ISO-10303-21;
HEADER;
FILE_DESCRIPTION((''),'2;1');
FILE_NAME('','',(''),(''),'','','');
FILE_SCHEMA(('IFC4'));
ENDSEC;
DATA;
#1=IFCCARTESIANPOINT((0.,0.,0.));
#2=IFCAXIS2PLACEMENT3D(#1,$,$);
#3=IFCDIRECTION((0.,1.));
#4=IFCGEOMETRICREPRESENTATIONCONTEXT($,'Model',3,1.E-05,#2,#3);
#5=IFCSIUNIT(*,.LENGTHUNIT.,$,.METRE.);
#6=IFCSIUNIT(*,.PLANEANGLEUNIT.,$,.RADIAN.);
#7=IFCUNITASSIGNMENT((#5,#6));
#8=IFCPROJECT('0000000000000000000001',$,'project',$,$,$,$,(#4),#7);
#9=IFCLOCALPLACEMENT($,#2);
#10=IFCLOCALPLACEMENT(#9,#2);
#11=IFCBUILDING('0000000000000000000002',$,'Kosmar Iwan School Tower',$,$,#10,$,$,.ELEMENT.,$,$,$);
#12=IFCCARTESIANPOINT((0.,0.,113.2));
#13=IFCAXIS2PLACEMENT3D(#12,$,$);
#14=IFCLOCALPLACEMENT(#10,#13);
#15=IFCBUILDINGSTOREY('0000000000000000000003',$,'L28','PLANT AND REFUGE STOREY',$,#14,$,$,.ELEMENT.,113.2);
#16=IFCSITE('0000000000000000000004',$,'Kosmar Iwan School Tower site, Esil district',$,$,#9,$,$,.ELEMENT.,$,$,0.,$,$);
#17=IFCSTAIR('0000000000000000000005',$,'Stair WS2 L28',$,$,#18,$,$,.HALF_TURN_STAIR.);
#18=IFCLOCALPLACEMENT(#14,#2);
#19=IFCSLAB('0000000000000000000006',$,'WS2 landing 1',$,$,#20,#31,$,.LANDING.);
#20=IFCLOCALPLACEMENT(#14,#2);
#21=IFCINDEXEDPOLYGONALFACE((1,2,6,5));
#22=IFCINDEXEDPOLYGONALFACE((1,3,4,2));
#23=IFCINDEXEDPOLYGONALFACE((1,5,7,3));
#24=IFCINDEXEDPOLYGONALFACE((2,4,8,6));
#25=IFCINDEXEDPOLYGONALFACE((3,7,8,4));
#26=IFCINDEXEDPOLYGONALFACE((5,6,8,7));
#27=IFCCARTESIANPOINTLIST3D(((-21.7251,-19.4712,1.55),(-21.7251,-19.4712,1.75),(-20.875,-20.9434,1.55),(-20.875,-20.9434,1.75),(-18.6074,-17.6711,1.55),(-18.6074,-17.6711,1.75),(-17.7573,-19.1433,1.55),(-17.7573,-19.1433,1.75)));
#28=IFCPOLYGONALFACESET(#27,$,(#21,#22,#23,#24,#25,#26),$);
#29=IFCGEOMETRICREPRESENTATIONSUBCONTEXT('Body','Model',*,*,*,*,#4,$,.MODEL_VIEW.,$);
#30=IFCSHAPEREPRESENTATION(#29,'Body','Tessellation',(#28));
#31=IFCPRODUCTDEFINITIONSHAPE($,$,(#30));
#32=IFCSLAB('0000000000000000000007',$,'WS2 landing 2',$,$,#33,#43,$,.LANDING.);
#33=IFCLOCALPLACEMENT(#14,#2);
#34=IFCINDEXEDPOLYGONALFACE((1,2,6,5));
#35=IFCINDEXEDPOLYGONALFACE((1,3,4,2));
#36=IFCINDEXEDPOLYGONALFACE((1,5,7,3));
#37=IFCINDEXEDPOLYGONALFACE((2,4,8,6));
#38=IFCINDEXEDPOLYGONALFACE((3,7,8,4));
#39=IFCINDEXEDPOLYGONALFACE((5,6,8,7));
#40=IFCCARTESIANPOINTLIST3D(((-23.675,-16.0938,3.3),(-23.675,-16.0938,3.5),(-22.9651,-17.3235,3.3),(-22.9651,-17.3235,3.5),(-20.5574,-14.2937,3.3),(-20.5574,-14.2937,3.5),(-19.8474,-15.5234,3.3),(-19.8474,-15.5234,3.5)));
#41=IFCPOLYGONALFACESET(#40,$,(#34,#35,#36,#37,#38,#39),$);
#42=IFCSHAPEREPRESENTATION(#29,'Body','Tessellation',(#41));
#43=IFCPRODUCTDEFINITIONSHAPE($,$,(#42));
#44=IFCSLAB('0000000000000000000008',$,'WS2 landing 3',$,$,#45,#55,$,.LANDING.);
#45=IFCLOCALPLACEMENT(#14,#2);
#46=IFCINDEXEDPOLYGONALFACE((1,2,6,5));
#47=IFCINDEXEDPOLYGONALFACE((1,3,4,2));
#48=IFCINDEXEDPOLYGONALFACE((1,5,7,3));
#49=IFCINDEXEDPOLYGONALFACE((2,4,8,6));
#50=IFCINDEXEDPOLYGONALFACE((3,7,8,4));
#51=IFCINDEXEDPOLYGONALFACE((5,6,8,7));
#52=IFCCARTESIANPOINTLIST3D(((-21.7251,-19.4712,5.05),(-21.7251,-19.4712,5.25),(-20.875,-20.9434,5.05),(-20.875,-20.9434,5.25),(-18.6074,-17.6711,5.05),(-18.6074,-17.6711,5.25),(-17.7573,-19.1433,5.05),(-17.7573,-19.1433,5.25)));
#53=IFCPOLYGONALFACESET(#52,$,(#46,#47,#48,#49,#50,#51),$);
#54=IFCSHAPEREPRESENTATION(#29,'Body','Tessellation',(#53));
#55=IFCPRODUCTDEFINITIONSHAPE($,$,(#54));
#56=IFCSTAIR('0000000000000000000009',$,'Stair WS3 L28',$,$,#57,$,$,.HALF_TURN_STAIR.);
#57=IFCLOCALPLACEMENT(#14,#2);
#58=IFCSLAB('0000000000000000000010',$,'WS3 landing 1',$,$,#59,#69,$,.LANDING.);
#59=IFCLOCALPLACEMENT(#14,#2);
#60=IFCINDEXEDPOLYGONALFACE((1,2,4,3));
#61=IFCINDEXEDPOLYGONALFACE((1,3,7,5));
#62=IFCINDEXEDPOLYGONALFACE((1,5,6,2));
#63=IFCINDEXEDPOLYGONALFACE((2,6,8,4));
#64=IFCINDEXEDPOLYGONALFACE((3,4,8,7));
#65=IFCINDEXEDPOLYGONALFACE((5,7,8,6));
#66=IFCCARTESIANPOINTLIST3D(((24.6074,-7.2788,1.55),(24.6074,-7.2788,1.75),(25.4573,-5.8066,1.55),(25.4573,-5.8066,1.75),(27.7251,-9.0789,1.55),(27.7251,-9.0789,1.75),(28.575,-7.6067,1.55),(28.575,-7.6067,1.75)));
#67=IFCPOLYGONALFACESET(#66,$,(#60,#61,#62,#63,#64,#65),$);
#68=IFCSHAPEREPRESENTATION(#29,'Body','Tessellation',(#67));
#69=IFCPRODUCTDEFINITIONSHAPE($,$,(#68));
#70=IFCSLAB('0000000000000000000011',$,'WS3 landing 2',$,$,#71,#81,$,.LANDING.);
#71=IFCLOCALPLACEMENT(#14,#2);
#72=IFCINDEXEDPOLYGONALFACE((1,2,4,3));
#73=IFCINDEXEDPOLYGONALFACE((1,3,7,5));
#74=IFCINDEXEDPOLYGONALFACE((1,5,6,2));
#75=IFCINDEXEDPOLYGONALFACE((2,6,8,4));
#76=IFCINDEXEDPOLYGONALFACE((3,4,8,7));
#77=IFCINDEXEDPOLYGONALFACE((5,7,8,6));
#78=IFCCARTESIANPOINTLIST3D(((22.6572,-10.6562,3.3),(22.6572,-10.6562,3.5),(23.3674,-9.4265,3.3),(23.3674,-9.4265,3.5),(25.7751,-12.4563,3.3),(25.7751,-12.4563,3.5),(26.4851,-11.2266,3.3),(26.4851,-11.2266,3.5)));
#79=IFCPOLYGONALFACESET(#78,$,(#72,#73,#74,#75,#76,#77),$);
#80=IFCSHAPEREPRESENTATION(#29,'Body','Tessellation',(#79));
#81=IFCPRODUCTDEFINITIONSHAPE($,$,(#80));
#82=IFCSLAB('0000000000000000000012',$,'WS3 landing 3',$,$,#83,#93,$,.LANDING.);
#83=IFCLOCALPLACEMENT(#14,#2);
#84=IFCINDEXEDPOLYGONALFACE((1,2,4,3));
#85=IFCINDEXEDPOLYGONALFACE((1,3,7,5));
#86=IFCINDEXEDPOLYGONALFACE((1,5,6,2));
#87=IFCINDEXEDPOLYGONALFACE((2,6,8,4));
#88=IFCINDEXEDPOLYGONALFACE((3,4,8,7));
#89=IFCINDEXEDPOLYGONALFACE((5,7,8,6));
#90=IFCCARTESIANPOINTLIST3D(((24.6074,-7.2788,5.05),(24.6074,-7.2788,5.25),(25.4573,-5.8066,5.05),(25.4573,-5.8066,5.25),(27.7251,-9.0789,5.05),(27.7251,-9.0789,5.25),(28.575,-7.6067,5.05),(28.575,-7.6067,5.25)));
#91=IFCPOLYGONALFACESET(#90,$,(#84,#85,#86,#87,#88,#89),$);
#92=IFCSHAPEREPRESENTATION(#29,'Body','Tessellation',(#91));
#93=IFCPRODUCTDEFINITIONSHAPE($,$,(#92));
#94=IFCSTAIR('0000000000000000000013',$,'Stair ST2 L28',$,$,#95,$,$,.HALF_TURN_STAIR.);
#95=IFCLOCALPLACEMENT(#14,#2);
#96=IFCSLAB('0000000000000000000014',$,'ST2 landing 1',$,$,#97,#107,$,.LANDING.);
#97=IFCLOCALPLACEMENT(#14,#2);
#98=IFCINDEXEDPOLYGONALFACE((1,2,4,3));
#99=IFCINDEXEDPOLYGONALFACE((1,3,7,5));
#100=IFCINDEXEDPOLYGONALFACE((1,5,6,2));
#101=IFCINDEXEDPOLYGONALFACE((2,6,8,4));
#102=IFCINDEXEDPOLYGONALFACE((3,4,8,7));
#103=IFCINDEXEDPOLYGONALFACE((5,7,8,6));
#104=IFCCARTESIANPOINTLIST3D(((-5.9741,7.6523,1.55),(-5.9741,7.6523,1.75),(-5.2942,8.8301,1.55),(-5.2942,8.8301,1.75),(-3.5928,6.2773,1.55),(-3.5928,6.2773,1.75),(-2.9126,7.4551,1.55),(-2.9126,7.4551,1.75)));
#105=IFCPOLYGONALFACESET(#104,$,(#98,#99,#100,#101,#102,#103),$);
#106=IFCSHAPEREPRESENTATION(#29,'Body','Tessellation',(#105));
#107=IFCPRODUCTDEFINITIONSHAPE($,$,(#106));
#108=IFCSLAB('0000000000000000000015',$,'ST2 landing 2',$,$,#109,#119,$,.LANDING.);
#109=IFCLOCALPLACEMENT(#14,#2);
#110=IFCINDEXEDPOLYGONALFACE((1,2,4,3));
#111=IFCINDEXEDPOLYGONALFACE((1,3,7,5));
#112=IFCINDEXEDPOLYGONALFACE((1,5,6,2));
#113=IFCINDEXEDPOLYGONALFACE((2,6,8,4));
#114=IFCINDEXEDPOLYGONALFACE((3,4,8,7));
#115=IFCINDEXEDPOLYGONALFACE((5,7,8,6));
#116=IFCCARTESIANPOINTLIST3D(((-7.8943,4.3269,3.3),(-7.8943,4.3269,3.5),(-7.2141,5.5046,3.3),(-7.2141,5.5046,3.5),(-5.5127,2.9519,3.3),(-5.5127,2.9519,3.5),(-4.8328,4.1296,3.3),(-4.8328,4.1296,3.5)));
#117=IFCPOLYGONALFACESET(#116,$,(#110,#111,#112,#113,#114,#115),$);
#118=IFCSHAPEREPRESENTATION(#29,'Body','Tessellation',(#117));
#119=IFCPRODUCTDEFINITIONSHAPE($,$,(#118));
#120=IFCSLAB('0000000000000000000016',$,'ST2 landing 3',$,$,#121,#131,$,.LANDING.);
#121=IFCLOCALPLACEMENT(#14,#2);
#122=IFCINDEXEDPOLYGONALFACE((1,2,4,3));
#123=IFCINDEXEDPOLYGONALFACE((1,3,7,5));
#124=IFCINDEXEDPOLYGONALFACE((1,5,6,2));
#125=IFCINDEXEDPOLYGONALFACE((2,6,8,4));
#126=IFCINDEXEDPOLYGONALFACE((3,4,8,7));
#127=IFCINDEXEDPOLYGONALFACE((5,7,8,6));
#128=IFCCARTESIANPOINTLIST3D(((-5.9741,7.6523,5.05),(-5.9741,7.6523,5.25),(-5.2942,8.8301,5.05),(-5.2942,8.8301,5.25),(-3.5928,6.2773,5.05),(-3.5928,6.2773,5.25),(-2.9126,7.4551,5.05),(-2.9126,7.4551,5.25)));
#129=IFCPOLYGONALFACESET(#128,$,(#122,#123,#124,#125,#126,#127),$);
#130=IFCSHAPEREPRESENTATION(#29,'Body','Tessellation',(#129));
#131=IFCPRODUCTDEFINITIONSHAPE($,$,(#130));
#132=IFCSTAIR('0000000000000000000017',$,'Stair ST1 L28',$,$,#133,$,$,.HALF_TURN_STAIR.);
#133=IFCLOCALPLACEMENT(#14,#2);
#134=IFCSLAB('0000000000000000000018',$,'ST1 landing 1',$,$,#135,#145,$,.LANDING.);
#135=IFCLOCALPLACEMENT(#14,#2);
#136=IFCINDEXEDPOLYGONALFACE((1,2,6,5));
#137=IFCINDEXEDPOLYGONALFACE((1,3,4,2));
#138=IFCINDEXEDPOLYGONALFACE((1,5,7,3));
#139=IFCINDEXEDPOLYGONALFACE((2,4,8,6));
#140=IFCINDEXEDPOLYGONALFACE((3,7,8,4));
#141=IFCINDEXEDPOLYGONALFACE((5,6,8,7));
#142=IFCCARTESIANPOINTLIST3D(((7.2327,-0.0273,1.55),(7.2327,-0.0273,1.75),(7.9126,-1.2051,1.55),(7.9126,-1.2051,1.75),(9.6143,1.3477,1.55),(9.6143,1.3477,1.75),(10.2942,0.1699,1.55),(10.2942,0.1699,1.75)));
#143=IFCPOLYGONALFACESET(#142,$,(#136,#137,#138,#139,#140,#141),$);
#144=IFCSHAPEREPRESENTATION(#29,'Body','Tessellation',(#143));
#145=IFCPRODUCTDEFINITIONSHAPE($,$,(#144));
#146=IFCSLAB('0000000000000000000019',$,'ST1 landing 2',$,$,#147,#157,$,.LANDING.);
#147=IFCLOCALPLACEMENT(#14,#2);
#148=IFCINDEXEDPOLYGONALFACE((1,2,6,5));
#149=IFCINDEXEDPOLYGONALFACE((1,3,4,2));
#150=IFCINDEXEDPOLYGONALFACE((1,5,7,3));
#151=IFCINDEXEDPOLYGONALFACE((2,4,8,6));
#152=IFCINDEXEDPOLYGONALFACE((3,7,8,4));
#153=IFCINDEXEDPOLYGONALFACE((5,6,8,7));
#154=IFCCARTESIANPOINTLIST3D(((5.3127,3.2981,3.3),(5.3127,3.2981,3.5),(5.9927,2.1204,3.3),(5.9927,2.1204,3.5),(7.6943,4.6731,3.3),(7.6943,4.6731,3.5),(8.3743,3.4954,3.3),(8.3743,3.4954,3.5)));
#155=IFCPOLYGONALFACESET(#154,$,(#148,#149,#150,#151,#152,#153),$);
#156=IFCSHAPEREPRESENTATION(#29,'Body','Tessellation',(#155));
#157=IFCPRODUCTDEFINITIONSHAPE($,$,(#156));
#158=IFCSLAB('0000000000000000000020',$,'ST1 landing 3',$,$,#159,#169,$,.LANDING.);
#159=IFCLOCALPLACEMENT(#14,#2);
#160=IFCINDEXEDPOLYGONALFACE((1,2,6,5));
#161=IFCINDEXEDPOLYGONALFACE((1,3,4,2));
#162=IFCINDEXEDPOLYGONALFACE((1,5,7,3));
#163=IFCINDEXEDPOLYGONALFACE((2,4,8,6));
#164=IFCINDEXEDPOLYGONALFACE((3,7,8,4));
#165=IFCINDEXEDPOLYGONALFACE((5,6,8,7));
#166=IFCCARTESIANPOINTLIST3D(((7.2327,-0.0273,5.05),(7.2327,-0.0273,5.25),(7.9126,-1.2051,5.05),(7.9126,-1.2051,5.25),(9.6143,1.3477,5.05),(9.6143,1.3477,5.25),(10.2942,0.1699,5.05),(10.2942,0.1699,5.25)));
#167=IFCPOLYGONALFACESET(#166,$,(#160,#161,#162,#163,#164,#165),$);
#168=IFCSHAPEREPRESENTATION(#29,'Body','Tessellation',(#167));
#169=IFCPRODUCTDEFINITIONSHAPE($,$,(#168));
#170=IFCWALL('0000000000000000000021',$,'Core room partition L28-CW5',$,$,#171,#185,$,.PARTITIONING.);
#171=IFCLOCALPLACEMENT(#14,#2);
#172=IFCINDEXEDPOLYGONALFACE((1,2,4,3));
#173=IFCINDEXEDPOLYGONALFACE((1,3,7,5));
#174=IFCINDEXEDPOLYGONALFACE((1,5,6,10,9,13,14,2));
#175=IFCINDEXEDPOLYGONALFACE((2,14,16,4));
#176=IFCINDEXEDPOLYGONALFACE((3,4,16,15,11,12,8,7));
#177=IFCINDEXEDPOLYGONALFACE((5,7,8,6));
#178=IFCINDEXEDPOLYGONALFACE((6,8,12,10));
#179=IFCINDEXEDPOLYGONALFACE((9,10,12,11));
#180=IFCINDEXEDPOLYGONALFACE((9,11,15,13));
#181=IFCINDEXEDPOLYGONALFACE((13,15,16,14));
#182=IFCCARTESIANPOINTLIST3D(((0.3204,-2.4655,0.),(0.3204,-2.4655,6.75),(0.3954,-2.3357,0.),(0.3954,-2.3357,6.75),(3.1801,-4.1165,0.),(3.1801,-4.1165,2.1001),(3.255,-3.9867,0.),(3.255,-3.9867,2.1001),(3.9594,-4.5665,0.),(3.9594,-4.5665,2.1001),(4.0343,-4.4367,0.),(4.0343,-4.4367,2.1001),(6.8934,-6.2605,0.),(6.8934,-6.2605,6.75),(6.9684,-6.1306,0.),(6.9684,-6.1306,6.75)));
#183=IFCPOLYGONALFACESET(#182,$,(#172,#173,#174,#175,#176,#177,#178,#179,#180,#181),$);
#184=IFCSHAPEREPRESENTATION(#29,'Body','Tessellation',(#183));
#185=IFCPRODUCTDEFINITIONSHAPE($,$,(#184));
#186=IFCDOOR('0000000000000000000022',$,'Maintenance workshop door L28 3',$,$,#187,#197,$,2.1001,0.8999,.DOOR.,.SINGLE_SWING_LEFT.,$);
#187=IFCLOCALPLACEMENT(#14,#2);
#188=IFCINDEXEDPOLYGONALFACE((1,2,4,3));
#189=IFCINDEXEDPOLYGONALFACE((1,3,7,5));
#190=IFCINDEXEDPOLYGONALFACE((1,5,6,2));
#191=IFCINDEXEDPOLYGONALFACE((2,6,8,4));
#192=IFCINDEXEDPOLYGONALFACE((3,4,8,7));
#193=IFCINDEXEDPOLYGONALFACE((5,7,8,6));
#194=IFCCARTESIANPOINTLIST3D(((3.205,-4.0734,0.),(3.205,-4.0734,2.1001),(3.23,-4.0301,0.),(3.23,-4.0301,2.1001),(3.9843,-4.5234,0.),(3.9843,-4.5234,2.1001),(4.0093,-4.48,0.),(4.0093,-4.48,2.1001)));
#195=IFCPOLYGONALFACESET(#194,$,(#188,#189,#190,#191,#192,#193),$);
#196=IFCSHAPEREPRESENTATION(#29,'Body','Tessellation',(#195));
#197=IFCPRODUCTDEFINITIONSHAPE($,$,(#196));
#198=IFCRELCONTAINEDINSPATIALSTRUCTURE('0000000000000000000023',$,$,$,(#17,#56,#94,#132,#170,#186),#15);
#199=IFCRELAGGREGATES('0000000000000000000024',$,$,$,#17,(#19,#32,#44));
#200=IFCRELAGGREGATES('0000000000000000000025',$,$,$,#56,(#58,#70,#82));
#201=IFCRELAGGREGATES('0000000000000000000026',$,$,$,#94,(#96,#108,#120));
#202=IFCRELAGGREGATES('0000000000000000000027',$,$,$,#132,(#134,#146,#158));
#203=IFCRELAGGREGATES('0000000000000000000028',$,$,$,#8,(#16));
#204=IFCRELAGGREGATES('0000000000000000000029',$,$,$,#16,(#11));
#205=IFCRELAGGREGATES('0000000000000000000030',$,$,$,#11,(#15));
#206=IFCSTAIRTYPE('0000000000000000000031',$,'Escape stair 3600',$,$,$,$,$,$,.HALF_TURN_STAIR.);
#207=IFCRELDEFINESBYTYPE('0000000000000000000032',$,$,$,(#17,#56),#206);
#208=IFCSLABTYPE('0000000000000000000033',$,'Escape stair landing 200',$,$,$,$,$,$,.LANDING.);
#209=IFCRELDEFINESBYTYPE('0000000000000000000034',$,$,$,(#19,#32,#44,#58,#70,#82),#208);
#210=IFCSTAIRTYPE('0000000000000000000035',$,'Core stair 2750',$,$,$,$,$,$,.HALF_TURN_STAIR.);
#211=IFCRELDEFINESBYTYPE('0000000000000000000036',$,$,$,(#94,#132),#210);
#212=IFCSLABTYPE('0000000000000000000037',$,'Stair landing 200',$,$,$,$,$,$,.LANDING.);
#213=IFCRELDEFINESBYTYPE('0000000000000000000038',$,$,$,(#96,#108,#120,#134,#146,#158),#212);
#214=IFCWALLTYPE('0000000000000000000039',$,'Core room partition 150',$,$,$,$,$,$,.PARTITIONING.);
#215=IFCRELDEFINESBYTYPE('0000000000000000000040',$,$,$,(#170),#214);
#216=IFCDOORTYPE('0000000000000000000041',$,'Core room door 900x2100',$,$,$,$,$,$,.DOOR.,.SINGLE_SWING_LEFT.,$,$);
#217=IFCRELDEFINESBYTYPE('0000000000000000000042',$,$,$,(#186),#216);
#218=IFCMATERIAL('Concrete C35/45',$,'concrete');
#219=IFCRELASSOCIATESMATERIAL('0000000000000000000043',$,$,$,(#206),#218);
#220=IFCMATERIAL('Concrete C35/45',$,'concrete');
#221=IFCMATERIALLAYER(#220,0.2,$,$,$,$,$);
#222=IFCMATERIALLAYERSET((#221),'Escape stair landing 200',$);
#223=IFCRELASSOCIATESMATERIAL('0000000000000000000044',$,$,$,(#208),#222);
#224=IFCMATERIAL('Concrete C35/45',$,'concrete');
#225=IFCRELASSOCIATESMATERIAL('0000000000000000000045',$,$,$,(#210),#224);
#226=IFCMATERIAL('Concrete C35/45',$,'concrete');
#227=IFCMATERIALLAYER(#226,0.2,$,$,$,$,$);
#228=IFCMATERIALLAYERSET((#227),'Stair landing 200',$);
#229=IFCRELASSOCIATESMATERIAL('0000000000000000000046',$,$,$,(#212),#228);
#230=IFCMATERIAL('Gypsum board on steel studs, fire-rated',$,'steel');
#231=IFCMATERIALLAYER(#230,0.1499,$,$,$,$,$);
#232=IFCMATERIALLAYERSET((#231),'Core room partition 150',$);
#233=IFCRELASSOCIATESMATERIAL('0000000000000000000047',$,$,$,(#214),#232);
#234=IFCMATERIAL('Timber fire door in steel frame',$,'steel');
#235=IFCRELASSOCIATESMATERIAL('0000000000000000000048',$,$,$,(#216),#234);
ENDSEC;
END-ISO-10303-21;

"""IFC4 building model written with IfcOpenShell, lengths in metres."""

from ifc_helpers import new_model, si_unit, direction, frame, frame_2d, origin, place, context, subcontext, project, spatial, polyline, rectangle, outline, extrude, material, layer, layer_set, type_object, element, fill, aggregate, save


model = new_model("IFC4")

# Units and contexts
model_context = context("Model", 3, precision=1e-05, world=origin(), true_north=direction((0.0, 1.0)))
body_context = subcontext(model_context, "Body", "Model", "MODEL_VIEW")
ifc_project = project(units=[si_unit("LENGTHUNIT", "METRE"), si_unit("PLANEANGLEUNIT", "RADIAN")], contexts=[model_context])

# Site, building, storey
site_placement = place(None, origin())
site = spatial("IfcSite", under=ifc_project, at=site_placement, Name="Kosmar Iwan School Tower site, Esil district", CompositionType="ELEMENT", RefElevation=0.0)
building_placement = place(site_placement, origin())
building = spatial("IfcBuilding", under=site, at=building_placement, Name="Kosmar Iwan School Tower", CompositionType="ELEMENT")
storey_placement = place(building_placement, frame((0.0, 0.0, 113.2)))
storey = spatial("IfcBuildingStorey", under=building, at=storey_placement, Name="L28", Description="PLANT AND REFUGE STOREY", CompositionType="ELEMENT", Elevation=113.2)

# Stairs, slabs
ifc_material_1 = material(Name="Concrete C35/45", Category="concrete")
stair_type_1 = type_object("IfcStairType", Name="Escape stair 3600", PredefinedType="HALF_TURN_STAIR", material=ifc_material_1)
stair_1_placement = place(storey_placement, origin())
stair_1 = element("IfcStair", 1, at=stair_1_placement, inside=storey, type_object=stair_type_1, Name="Stair WS2 L28", PredefinedType="HALF_TURN_STAIR")
ifc_material_2 = material(Name="Concrete C35/45", Category="concrete")
ifc_layer_1 = layer(ifc_material_2, 0.2)
ifc_layer_set_1 = layer_set([ifc_layer_1], Name="Escape stair landing 200")
slab_type_1 = type_object("IfcSlabType", Name="Escape stair landing 200", PredefinedType="LANDING", material=ifc_layer_set_1)
slab_1_placement = place(storey_placement, frame((0.0, 0.0, 1.55)))
slab_1 = element("IfcSlab", 2, at=slab_1_placement, type_object=slab_type_1, Name="WS2 landing 1", PredefinedType="LANDING", context=body_context, shape_type="SweptSolid", body=[
    extrude(outline(polyline([(-18.6074, -17.6711), (-21.7251, -19.4712), (-20.875, -20.9434), (-17.7573, -19.1433), (-18.6074, -17.6711)])), origin(), (0.0, 0.0, 1.0), 0.2),
])
slab_2_placement = place(storey_placement, frame((0.0, 0.0, 3.3)))
slab_2 = element("IfcSlab", 3, at=slab_2_placement, type_object=slab_type_1, Name="WS2 landing 2", PredefinedType="LANDING", context=body_context, shape_type="SweptSolid", body=[
    extrude(outline(polyline([(-20.5574, -14.2937), (-23.675, -16.0938), (-22.9651, -17.3235), (-19.8474, -15.5234), (-20.5574, -14.2937)])), origin(), (0.0, 0.0, 1.0), 0.2),
])
slab_3_placement = place(storey_placement, frame((0.0, 0.0, 5.05)))
slab_3 = element("IfcSlab", 4, at=slab_3_placement, type_object=slab_type_1, Name="WS2 landing 3", PredefinedType="LANDING", context=body_context, shape_type="SweptSolid", body=[
    extrude(outline(polyline([(-18.6074, -17.6711), (-21.7251, -19.4712), (-20.875, -20.9434), (-17.7573, -19.1433), (-18.6074, -17.6711)])), origin(), (0.0, 0.0, 1.0), 0.2),
])
aggregate(stair_1, [slab_1, slab_2, slab_3])
stair_2_placement = place(storey_placement, origin())
stair_2 = element("IfcStair", 5, at=stair_2_placement, inside=storey, type_object=stair_type_1, Name="Stair WS3 L28", PredefinedType="HALF_TURN_STAIR")
slab_4_placement = place(storey_placement, frame((0.0, 0.0, 1.55)))
slab_4 = element("IfcSlab", 6, at=slab_4_placement, type_object=slab_type_1, Name="WS3 landing 1", PredefinedType="LANDING", context=body_context, shape_type="SweptSolid", body=[
    extrude(outline(polyline([(24.6074, -7.2788), (27.7251, -9.0789), (28.575, -7.6067), (25.4573, -5.8066), (24.6074, -7.2788)])), origin(), (0.0, 0.0, 1.0), 0.2),
])
slab_5_placement = place(storey_placement, frame((0.0, 0.0, 3.3)))
slab_5 = element("IfcSlab", 7, at=slab_5_placement, type_object=slab_type_1, Name="WS3 landing 2", PredefinedType="LANDING", context=body_context, shape_type="SweptSolid", body=[
    extrude(outline(polyline([(22.6572, -10.6562), (25.7751, -12.4563), (26.4851, -11.2266), (23.3674, -9.4265), (22.6572, -10.6562)])), origin(), (0.0, 0.0, 1.0), 0.2),
])
slab_6_placement = place(storey_placement, frame((0.0, 0.0, 5.05)))
slab_6 = element("IfcSlab", 8, at=slab_6_placement, type_object=slab_type_1, Name="WS3 landing 3", PredefinedType="LANDING", context=body_context, shape_type="SweptSolid", body=[
    extrude(outline(polyline([(24.6074, -7.2788), (27.7251, -9.0789), (28.575, -7.6067), (25.4573, -5.8066), (24.6074, -7.2788)])), origin(), (0.0, 0.0, 1.0), 0.2),
])
aggregate(stair_2, [slab_4, slab_5, slab_6])
ifc_material_3 = material(Name="Concrete C35/45", Category="concrete")
stair_type_2 = type_object("IfcStairType", Name="Core stair 2750", PredefinedType="HALF_TURN_STAIR", material=ifc_material_3)
stair_3_placement = place(storey_placement, origin())
stair_3 = element("IfcStair", 9, at=stair_3_placement, inside=storey, type_object=stair_type_2, Name="Stair ST2 L28", PredefinedType="HALF_TURN_STAIR")
ifc_material_4 = material(Name="Concrete C35/45", Category="concrete")
ifc_layer_2 = layer(ifc_material_4, 0.2)
ifc_layer_set_2 = layer_set([ifc_layer_2], Name="Stair landing 200")
slab_type_2 = type_object("IfcSlabType", Name="Stair landing 200", PredefinedType="LANDING", material=ifc_layer_set_2)
slab_7_placement = place(storey_placement, frame((0.0, 0.0, 1.55)))
slab_7 = element("IfcSlab", 10, at=slab_7_placement, type_object=slab_type_2, Name="ST2 landing 1", PredefinedType="LANDING", context=body_context, shape_type="SweptSolid", body=[
    extrude(outline(polyline([(-2.9126, 7.4551), (-5.2942, 8.8301), (-5.9741, 7.6523), (-3.5928, 6.2773), (-2.9126, 7.4551)])), origin(), (0.0, 0.0, 1.0), 0.2),
])
slab_8_placement = place(storey_placement, frame((0.0, 0.0, 3.3)))
slab_8 = element("IfcSlab", 11, at=slab_8_placement, type_object=slab_type_2, Name="ST2 landing 2", PredefinedType="LANDING", context=body_context, shape_type="SweptSolid", body=[
    extrude(outline(polyline([(-4.8328, 4.1296), (-7.2141, 5.5046), (-7.8943, 4.3269), (-5.5127, 2.9519), (-4.8328, 4.1296)])), origin(), (0.0, 0.0, 1.0), 0.2),
])
slab_9_placement = place(storey_placement, frame((0.0, 0.0, 5.05)))
slab_9 = element("IfcSlab", 12, at=slab_9_placement, type_object=slab_type_2, Name="ST2 landing 3", PredefinedType="LANDING", context=body_context, shape_type="SweptSolid", body=[
    extrude(outline(polyline([(-2.9126, 7.4551), (-5.2942, 8.8301), (-5.9741, 7.6523), (-3.5928, 6.2773), (-2.9126, 7.4551)])), origin(), (0.0, 0.0, 1.0), 0.2),
])
aggregate(stair_3, [slab_7, slab_8, slab_9])
stair_4_placement = place(storey_placement, origin())
stair_4 = element("IfcStair", 13, at=stair_4_placement, inside=storey, type_object=stair_type_2, Name="Stair ST1 L28", PredefinedType="HALF_TURN_STAIR")
slab_10_placement = place(storey_placement, frame((0.0, 0.0, 1.55)))
slab_10 = element("IfcSlab", 14, at=slab_10_placement, type_object=slab_type_2, Name="ST1 landing 1", PredefinedType="LANDING", context=body_context, shape_type="SweptSolid", body=[
    extrude(outline(polyline([(7.9126, -1.2051), (10.2942, 0.1699), (9.6143, 1.3477), (7.2327, -0.0273), (7.9126, -1.2051)])), origin(), (0.0, 0.0, 1.0), 0.2),
])
slab_11_placement = place(storey_placement, frame((0.0, 0.0, 3.3)))
slab_11 = element("IfcSlab", 15, at=slab_11_placement, type_object=slab_type_2, Name="ST1 landing 2", PredefinedType="LANDING", context=body_context, shape_type="SweptSolid", body=[
    extrude(outline(polyline([(5.9927, 2.1204), (8.3743, 3.4954), (7.6943, 4.6731), (5.3127, 3.2981), (5.9927, 2.1204)])), origin(), (0.0, 0.0, 1.0), 0.2),
])
slab_12_placement = place(storey_placement, frame((0.0, 0.0, 5.05)))
slab_12 = element("IfcSlab", 16, at=slab_12_placement, type_object=slab_type_2, Name="ST1 landing 3", PredefinedType="LANDING", context=body_context, shape_type="SweptSolid", body=[
    extrude(outline(polyline([(7.9126, -1.2051), (10.2942, 0.1699), (9.6143, 1.3477), (7.2327, -0.0273), (7.9126, -1.2051)])), origin(), (0.0, 0.0, 1.0), 0.2),
])

# Wall, opening, door
ifc_material_5 = material(Name="Gypsum board on steel studs, fire-rated", Category="steel")
ifc_layer_3 = layer(ifc_material_5, 0.1499)
ifc_layer_set_3 = layer_set([ifc_layer_3], Name="Core room partition 150")
wall_type_1 = type_object("IfcWallType", Name="Core room partition 150", PredefinedType="PARTITIONING", material=ifc_layer_set_3)
wall_1_placement = place(storey_placement, frame((0.3579, -2.4006, 0.0), z_axis=(0.0, 0.0, 1.0), x_axis=(0.866025, -0.5, 0.0)))
wall_1 = element("IfcWall", 17, at=wall_1_placement, inside=storey, type_object=wall_type_1, Name="Core room partition L28-CW5", PredefinedType="PARTITIONING", context=body_context, shape_type="SweptSolid", body=[
    extrude(rectangle(XDim=7.5898, YDim=0.1499, at=frame_2d((3.7949, 0.0))), origin(), (0.0, 0.0, 1.0), 6.75),
])
opening_1_placement = place(wall_1_placement, frame((3.302, 0.0, 0.0)))
opening_1 = element("IfcOpeningElement", 18, at=opening_1_placement, cuts=wall_1, PredefinedType="OPENING", context=body_context, shape_type="SweptSolid", body=[
    extrude(rectangle(XDim=0.8999, YDim=2.1001, at=frame_2d((0.45, 1.05))), frame((0.0, 0.0869, 0.0), z_axis=(0.0, -1.0, 0.0), x_axis=(1.0, 0.0, 0.0)), (0.0, 0.0, 1.0), 0.1738),
])
ifc_material_6 = material(Name="Timber fire door in steel frame", Category="steel")
door_type_1 = type_object("IfcDoorType", Name="Core room door 900x2100", OperationType="SINGLE_SWING_LEFT", PredefinedType="DOOR", material=ifc_material_6)
door_1_placement = place(opening_1_placement, origin())
door_1 = element("IfcDoor", 19, at=door_1_placement, inside=storey, type_object=door_type_1, Name="Maintenance workshop door L28 3", OperationType="SINGLE_SWING_LEFT", OverallHeight=2.1001, OverallWidth=0.8999, PredefinedType="DOOR", context=body_context, shape_type="SweptSolid", body=[
    extrude(rectangle(XDim=0.8999, YDim=2.1001, at=frame_2d((0.45, 1.05))), frame((0.0, 0.0249, 0.0), z_axis=(0.0, -1.0, 0.0), x_axis=(1.0, 0.0, 0.0)), (0.0, 0.0, 1.0), 0.05),
])
fill(opening_1, door_1)

aggregate(stair_4, [slab_10, slab_11, slab_12])

save(model, "model.ifc")
